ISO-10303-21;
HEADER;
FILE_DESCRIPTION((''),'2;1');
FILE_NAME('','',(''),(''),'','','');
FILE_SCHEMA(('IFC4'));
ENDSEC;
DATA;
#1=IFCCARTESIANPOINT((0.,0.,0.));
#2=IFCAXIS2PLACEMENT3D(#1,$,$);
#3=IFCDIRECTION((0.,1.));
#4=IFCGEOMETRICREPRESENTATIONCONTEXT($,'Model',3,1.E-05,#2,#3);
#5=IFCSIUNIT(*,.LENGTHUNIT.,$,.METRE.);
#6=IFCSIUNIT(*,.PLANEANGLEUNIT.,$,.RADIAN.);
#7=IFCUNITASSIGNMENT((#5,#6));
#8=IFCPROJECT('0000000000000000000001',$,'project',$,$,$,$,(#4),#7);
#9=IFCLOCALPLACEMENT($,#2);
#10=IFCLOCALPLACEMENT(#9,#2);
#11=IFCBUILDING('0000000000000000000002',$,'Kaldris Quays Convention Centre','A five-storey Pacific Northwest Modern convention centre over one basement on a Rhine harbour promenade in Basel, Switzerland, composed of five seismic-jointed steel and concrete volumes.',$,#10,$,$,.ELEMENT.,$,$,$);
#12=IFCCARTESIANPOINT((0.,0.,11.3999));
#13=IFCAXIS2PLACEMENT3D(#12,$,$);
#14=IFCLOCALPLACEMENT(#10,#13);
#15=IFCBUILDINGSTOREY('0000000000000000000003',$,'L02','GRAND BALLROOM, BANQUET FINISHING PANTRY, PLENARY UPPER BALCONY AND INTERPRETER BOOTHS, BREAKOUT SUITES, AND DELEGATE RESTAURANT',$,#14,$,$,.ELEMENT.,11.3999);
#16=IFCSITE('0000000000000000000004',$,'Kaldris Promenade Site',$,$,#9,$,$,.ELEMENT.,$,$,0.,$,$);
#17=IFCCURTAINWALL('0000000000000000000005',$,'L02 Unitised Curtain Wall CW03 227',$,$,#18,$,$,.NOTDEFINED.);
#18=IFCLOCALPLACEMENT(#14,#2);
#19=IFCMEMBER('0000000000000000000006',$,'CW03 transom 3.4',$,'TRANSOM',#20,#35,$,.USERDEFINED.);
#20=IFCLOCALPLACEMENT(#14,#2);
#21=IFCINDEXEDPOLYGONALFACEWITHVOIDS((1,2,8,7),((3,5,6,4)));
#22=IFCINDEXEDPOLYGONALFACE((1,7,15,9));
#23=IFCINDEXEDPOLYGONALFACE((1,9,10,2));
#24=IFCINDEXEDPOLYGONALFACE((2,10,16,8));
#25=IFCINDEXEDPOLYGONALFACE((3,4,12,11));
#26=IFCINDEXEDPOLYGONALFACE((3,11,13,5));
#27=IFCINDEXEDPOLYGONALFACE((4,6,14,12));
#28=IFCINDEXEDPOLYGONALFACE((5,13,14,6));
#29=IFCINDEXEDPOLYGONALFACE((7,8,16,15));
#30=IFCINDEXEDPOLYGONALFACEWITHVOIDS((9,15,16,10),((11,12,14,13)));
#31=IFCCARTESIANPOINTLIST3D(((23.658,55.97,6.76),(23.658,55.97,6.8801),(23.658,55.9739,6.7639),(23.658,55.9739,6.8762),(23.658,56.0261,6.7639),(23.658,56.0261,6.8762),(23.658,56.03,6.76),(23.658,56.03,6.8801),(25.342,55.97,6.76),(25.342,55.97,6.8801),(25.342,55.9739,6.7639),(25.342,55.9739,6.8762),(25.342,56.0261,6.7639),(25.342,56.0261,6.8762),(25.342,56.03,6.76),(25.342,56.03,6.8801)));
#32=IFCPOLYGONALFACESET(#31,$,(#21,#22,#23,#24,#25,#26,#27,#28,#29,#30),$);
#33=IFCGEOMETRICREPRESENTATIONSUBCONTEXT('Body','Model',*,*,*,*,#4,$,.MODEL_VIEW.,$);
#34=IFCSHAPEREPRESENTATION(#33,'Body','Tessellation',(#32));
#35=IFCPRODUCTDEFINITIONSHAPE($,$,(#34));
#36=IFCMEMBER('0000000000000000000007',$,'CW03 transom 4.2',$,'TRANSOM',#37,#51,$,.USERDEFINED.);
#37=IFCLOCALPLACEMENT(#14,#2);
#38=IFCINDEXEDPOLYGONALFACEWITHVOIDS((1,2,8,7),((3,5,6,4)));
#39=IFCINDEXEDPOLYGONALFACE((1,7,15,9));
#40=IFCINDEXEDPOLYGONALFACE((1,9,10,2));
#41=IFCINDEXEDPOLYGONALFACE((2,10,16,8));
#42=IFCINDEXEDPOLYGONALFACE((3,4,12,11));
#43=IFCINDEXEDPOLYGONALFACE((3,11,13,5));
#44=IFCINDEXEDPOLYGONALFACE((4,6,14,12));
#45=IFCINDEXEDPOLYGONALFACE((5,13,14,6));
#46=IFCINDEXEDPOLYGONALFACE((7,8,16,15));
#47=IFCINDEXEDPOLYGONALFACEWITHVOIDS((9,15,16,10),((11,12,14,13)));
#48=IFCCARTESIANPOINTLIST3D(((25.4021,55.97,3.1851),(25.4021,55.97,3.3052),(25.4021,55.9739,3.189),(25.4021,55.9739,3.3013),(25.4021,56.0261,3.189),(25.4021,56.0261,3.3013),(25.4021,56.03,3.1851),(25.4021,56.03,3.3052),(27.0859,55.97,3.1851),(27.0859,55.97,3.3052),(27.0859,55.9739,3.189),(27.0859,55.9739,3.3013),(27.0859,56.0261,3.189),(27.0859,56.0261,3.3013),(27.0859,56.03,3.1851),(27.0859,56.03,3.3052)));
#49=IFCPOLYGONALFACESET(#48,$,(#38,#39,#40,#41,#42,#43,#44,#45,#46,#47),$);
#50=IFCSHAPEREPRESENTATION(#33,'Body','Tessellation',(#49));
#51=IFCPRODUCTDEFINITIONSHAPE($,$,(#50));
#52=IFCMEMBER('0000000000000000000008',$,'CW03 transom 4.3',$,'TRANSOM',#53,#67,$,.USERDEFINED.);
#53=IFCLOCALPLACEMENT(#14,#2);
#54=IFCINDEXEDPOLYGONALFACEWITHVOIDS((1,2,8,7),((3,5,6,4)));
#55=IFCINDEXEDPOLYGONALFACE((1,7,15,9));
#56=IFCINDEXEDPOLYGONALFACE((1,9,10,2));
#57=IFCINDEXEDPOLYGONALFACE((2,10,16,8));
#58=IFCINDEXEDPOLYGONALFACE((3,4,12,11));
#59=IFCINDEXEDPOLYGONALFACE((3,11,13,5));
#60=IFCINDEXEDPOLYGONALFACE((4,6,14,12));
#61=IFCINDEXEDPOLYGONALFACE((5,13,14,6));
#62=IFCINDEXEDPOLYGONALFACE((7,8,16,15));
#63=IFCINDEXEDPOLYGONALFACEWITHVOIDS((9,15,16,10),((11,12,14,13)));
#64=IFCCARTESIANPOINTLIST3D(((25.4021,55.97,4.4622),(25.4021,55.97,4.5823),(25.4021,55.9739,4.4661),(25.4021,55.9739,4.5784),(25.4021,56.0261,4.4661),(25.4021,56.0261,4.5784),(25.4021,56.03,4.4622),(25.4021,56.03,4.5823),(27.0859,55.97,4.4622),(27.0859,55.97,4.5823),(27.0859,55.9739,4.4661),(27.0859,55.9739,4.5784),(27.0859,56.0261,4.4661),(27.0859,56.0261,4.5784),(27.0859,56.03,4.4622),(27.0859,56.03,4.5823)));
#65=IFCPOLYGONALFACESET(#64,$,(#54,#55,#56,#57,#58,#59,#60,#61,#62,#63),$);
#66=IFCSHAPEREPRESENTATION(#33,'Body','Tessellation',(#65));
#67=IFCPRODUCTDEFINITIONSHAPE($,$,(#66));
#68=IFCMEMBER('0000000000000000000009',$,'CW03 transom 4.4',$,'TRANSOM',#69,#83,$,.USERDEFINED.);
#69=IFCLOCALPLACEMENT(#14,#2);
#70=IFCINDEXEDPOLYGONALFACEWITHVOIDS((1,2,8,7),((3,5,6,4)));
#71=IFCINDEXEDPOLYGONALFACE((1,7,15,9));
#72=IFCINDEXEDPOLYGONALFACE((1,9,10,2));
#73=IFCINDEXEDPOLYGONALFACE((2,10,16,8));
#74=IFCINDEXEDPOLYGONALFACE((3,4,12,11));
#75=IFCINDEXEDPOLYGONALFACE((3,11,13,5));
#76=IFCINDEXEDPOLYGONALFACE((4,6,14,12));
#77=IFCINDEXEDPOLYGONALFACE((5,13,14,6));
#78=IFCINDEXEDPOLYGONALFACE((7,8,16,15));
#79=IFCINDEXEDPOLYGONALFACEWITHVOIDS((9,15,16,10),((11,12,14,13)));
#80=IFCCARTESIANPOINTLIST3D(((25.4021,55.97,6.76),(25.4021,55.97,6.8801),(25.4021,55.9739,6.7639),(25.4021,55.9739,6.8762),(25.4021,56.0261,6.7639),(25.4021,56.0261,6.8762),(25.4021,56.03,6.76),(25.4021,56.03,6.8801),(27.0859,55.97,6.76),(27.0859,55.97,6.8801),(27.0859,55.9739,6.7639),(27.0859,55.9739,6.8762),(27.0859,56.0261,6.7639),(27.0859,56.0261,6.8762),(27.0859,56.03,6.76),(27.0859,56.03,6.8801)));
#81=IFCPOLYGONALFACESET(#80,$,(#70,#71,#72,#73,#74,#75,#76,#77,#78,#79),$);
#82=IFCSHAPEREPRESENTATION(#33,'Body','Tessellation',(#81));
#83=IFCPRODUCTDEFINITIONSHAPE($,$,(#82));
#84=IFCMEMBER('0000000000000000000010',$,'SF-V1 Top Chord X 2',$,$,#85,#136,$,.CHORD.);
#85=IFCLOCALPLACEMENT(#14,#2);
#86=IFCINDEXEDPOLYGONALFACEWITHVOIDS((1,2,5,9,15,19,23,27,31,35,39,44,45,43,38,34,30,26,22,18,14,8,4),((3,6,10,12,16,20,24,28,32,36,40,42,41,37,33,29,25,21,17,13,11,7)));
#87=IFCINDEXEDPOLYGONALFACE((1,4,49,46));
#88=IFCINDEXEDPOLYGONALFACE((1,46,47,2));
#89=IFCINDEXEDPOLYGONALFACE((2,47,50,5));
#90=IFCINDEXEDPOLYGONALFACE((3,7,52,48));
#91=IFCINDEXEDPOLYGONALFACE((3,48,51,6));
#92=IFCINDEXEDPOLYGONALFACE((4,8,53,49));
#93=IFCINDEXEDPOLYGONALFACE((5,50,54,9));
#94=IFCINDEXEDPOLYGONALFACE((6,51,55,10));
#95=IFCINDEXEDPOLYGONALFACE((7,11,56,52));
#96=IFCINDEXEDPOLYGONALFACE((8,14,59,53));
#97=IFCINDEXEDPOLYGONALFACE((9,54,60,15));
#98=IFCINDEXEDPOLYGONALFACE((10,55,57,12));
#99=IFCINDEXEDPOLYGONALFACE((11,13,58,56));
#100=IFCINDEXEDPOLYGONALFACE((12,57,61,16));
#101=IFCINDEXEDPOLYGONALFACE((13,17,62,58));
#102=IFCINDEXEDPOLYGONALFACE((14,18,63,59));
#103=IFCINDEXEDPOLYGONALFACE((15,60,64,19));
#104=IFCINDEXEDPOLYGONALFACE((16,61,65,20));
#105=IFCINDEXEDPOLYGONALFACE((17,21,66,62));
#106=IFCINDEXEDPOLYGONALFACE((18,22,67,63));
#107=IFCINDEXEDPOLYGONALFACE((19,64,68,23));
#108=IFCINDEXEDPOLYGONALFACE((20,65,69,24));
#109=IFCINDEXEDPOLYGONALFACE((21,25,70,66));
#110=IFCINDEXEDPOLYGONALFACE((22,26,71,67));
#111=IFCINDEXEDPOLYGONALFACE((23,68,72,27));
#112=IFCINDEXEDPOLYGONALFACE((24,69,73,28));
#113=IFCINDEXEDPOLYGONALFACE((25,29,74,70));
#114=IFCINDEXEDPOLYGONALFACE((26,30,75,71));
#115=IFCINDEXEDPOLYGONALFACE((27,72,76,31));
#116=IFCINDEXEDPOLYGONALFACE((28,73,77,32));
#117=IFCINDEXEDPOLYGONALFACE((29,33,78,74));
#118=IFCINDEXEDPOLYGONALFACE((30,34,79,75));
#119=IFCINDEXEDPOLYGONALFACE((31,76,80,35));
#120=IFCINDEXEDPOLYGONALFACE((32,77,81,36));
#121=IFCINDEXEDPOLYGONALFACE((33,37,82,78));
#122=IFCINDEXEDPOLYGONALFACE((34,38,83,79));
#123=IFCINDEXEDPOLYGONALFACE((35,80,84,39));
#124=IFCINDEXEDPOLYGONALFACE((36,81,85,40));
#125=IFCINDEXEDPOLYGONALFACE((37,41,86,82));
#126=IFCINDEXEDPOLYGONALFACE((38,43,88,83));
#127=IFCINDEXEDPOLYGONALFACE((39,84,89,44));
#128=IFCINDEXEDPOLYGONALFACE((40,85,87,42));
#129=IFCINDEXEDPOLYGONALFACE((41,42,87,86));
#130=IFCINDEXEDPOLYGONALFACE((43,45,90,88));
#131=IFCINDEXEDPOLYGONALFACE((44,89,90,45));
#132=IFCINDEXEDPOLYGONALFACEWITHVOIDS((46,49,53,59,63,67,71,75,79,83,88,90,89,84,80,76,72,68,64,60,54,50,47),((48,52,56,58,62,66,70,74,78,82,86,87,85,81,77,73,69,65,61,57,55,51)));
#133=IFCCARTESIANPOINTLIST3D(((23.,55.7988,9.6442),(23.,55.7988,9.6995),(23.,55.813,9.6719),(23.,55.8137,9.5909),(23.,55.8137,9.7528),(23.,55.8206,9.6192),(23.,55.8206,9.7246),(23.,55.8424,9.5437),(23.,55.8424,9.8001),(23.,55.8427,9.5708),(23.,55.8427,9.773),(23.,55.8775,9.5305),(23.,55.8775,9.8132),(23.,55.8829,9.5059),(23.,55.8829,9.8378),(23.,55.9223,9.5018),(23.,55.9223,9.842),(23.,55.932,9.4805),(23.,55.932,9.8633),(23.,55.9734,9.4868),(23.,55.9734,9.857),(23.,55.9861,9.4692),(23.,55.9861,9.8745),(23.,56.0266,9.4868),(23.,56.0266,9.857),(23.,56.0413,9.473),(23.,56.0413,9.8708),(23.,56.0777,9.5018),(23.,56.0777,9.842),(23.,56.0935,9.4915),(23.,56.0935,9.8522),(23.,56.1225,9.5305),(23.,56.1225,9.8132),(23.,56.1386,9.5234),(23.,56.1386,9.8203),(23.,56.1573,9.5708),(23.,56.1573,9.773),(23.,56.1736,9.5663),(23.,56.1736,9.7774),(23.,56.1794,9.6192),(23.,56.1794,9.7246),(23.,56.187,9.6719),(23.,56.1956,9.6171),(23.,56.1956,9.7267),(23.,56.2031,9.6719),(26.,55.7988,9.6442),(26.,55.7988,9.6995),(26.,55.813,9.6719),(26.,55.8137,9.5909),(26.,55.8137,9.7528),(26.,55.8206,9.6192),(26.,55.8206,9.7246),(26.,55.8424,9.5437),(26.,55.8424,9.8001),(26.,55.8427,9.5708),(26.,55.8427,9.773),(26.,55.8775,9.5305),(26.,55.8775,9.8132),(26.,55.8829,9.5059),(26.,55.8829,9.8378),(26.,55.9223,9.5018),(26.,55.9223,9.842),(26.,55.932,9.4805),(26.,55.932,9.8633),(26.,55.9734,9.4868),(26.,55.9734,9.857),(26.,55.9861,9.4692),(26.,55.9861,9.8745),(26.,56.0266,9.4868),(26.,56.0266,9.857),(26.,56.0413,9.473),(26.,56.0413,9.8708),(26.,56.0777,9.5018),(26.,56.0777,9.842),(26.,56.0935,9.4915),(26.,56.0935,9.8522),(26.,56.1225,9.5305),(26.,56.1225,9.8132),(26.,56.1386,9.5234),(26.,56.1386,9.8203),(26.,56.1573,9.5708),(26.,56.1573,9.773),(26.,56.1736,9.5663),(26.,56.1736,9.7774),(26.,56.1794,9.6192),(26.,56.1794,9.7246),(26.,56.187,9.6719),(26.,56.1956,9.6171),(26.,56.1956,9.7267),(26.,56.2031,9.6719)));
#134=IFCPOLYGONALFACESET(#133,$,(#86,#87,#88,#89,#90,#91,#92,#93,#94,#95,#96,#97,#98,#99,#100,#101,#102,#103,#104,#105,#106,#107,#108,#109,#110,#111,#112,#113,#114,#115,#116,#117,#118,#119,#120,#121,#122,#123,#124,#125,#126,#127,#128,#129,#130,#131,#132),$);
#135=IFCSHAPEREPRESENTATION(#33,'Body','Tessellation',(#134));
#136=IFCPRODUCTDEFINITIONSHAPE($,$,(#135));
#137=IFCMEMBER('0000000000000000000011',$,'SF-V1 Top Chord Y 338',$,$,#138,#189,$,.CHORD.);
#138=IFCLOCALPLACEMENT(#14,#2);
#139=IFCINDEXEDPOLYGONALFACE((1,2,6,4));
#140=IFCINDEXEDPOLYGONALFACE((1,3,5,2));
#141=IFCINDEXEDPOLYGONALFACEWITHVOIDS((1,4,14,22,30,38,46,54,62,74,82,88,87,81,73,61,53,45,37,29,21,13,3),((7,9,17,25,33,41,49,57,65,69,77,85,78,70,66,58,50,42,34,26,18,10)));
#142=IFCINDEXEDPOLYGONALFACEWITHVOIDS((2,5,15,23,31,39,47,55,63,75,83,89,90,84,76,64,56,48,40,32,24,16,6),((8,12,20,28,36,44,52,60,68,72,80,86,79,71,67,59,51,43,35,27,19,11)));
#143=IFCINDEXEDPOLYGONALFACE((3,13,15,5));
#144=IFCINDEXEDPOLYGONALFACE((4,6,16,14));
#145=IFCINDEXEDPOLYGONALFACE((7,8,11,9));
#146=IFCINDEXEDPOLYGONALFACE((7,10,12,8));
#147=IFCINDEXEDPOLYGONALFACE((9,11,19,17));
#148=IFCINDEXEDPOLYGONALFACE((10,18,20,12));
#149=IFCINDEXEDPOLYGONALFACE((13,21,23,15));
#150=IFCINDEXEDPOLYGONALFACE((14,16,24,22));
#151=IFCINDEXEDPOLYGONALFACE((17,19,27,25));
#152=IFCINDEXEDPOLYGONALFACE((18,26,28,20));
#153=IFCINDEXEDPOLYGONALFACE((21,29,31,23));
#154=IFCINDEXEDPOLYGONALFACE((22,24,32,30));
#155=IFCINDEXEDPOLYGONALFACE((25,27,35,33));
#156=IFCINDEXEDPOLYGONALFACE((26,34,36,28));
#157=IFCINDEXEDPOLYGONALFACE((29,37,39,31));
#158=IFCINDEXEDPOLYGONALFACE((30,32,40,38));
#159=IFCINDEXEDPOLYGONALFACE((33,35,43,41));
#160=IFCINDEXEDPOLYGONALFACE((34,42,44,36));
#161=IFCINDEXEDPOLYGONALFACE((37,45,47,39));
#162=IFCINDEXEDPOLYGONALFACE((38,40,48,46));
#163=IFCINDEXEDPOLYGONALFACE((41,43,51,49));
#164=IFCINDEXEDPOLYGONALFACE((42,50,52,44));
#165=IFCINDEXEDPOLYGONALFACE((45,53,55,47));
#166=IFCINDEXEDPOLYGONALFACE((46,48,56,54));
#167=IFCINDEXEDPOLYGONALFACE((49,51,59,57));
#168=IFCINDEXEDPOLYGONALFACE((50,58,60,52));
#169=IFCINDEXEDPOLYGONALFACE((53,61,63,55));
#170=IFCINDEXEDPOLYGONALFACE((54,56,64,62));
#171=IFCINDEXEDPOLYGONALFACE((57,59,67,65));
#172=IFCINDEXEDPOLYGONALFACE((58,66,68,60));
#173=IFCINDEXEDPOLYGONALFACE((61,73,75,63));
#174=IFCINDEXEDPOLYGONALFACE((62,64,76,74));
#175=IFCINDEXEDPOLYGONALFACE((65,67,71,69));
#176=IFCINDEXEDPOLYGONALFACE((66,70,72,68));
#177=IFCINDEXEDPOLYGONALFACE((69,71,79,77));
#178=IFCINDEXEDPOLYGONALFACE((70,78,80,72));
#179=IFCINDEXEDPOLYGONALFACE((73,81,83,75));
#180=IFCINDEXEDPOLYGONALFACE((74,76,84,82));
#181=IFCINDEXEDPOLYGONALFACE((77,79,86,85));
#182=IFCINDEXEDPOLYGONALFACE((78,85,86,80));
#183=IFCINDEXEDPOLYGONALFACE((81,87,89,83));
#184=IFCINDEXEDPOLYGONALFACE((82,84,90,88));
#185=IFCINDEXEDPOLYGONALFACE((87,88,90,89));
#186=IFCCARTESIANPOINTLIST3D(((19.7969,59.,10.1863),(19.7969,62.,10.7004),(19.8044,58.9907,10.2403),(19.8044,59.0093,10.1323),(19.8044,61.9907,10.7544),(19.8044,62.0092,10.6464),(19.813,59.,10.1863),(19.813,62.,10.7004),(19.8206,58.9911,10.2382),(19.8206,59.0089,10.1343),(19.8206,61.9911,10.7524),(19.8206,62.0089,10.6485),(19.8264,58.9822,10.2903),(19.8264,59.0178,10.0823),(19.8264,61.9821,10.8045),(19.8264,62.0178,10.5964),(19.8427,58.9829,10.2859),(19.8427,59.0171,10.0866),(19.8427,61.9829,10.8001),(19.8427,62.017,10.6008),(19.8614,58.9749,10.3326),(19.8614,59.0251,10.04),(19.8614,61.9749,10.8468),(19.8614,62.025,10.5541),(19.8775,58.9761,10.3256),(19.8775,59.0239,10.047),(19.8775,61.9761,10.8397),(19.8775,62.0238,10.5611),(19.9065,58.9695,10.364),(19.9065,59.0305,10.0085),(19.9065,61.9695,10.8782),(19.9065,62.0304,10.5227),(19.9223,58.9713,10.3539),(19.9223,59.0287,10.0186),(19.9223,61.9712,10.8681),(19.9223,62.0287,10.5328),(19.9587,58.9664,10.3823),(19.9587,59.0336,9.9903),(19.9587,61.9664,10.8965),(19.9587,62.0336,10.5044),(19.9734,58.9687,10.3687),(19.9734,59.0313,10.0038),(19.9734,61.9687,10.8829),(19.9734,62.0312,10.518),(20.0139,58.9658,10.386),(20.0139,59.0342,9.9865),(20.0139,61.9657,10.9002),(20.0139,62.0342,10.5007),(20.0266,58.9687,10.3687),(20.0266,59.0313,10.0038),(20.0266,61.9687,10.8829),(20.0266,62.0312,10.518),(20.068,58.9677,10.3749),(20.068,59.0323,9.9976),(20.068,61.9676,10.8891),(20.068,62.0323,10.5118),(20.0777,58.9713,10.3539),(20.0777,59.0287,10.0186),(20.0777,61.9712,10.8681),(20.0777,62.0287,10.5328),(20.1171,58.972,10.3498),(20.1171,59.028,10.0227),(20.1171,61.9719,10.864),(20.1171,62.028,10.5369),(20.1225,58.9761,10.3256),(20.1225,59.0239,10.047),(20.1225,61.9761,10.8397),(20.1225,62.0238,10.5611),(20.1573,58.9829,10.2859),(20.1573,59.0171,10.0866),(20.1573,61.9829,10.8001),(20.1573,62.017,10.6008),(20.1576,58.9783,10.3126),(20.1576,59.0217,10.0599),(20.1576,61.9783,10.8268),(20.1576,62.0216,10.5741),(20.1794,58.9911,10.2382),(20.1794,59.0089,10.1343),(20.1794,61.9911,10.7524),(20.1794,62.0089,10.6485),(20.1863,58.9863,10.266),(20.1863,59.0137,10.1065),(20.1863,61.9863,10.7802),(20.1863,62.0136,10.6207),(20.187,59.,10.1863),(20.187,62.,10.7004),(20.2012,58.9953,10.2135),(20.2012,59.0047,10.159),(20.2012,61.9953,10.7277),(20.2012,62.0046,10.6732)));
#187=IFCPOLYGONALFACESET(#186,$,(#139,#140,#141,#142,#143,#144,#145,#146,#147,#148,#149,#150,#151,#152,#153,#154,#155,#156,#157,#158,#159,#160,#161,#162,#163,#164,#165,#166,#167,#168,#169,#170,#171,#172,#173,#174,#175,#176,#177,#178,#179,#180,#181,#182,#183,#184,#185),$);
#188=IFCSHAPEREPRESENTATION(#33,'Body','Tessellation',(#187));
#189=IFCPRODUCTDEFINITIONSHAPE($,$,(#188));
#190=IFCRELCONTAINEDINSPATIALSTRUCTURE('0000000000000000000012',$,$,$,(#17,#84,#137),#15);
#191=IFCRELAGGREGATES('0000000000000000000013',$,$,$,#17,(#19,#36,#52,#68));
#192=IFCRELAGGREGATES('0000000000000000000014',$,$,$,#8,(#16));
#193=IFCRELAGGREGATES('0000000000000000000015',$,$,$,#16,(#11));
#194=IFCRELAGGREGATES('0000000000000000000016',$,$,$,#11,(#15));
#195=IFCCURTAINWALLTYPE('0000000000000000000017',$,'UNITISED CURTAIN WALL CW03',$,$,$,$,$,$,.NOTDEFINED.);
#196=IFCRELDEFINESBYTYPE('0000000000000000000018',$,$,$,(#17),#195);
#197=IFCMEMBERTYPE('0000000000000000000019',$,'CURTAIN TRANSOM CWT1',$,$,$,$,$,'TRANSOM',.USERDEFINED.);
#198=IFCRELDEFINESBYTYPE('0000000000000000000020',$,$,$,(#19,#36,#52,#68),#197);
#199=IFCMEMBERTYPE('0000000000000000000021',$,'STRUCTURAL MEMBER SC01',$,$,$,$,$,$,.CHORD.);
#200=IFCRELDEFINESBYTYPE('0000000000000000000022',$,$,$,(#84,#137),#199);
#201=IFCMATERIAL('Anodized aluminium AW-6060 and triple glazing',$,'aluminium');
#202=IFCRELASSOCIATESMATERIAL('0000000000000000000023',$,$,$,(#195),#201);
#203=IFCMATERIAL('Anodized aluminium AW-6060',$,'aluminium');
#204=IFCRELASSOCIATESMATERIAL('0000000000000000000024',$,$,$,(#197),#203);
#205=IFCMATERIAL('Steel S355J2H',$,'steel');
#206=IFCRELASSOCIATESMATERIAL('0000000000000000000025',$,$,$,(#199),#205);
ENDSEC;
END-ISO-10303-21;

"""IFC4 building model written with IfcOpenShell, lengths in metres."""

from ifc_helpers import new_model, si_unit, direction, frame, origin, origin_2d, place, context, subcontext, project, spatial, hollow_rectangle, hollow_circle, extrude, material, material_profile, profile_set, type_object, element, aggregate, save


model = new_model("IFC4")

# Units and contexts
model_context = context("Model", 3, precision=1e-05, world=origin(), true_north=direction((0.0, 1.0)))
body_context = subcontext(model_context, "Body", "Model", "MODEL_VIEW")
ifc_project = project(units=[si_unit("LENGTHUNIT", "METRE"), si_unit("PLANEANGLEUNIT", "RADIAN")], contexts=[model_context])

# Site, building, storey
site_placement = place(None, origin())
site = spatial("IfcSite", under=ifc_project, at=site_placement, Name="Kaldris Promenade Site", CompositionType="ELEMENT", RefElevation=0.0)
building_placement = place(site_placement, origin())
building = spatial("IfcBuilding", under=site, at=building_placement, Name="Kaldris Quays Convention Centre", Description="A five-storey Pacific Northwest Modern convention centre over one basement on a Rhine harbour promenade in Basel, Switzerland, composed of five seismic-jointed steel and concrete volumes.", CompositionType="ELEMENT")
storey_placement = place(building_placement, frame((0.0, 0.0, 11.3999)))
storey = spatial("IfcBuildingStorey", under=building, at=storey_placement, Name="L02", Description="GRAND BALLROOM, BANQUET FINISHING PANTRY, PLENARY UPPER BALCONY AND INTERPRETER BOOTHS, BREAKOUT SUITES, AND DELEGATE RESTAURANT", CompositionType="ELEMENT", Elevation=11.3999)

# Curtain wall, members
ifc_material_1 = material(Name="Anodized aluminium AW-6060 and triple glazing", Category="aluminium")
curtain_wall_type = type_object("IfcCurtainWallType", Name="UNITISED CURTAIN WALL CW03", PredefinedType="NOTDEFINED", material=ifc_material_1)
ifc_material_2 = material(Name="Anodized aluminium AW-6060", Category="aluminium")
ifc_material_profile_1 = material_profile(ifc_material_2, hollow_rectangle(XDim=0.0601, YDim=0.1201, WallThickness=0.0039, at=origin_2d()), Name="RHS 120x60x4")
ifc_profile_set_1 = profile_set([ifc_material_profile_1], Name="Anodized aluminium AW-6060")
member_type_1 = type_object("IfcMemberType", Name="CURTAIN TRANSOM CWT1", ElementType="TRANSOM", PredefinedType="USERDEFINED", material=ifc_profile_set_1)
curtain_wall_1_placement = place(storey_placement, origin())
curtain_wall_1 = element("IfcCurtainWall", 1, at=curtain_wall_1_placement, inside=storey, type_object=curtain_wall_type, Name="L02 Unitised Curtain Wall CW03 227", PredefinedType="NOTDEFINED")
member_1_placement = place(storey_placement, frame((23.658, 56.0, 6.8201), z_axis=(1.0, 0.0, 0.0), x_axis=(0.0, 1.0, 0.0)))
member_1 = element("IfcMember", 2, at=member_1_placement, type_object=member_type_1, Name="CW03 transom 3.4", ObjectType="TRANSOM", PredefinedType="USERDEFINED", context=body_context, shape_type="SweptSolid", body=[
    extrude(hollow_rectangle(XDim=0.0601, YDim=0.1201, WallThickness=0.0039, at=origin_2d()), origin(), (0.0, 0.0, 1.0), 1.6841),
])
member_2_placement = place(storey_placement, frame((25.4021, 56.0, 3.2451), z_axis=(1.0, 0.0, 0.0), x_axis=(0.0, 1.0, 0.0)))
member_2 = element("IfcMember", 3, at=member_2_placement, type_object=member_type_1, Name="CW03 transom 4.2", ObjectType="TRANSOM", PredefinedType="USERDEFINED", context=body_context, shape_type="SweptSolid", body=[
    extrude(hollow_rectangle(XDim=0.0601, YDim=0.1201, WallThickness=0.0039, at=origin_2d()), origin(), (0.0, 0.0, 1.0), 1.6838),
])
member_3_placement = place(storey_placement, frame((25.4021, 56.0, 4.5222), z_axis=(1.0, 0.0, 0.0), x_axis=(0.0, 1.0, 0.0)))
member_3 = element("IfcMember", 4, at=member_3_placement, type_object=member_type_1, Name="CW03 transom 4.3", ObjectType="TRANSOM", PredefinedType="USERDEFINED", context=body_context, shape_type="SweptSolid", body=[
    extrude(hollow_rectangle(XDim=0.0601, YDim=0.1201, WallThickness=0.0039, at=origin_2d()), origin(), (0.0, 0.0, 1.0), 1.6838),
])
member_4_placement = place(storey_placement, frame((25.4021, 56.0, 6.8201), z_axis=(1.0, 0.0, 0.0), x_axis=(0.0, 1.0, 0.0)))
member_4 = element("IfcMember", 5, at=member_4_placement, type_object=member_type_1, Name="CW03 transom 4.4", ObjectType="TRANSOM", PredefinedType="USERDEFINED", context=body_context, shape_type="SweptSolid", body=[
    extrude(hollow_rectangle(XDim=0.0601, YDim=0.1201, WallThickness=0.0039, at=origin_2d()), origin(), (0.0, 0.0, 1.0), 1.6838),
])

# Members
ifc_material_3 = material(Name="Steel S355J2H", Category="steel")
ifc_material_profile_2 = material_profile(ifc_material_3, hollow_circle(Radius=0.2031, WallThickness=0.0161, at=origin_2d()), Name="CHS 406.4x16")
ifc_profile_set_2 = profile_set([ifc_material_profile_2], Name="Steel S355J2H")
member_type_2 = type_object("IfcMemberType", Name="STRUCTURAL MEMBER SC01", PredefinedType="CHORD", material=ifc_profile_set_2)
member_5_placement = place(storey_placement, frame((23.0, 56.0, 9.6719), z_axis=(1.0, 0.0, 0.0), x_axis=(0.0, 1.0, 0.0)))
element("IfcMember", 6, at=member_5_placement, inside=storey, type_object=member_type_2, Name="SF-V1 Top Chord X 2", PredefinedType="CHORD", context=body_context, shape_type="SweptSolid", body=[
    extrude(hollow_circle(Radius=0.2031, WallThickness=0.0161, at=origin_2d()), origin(), (0.0, 0.0, 1.0), 3.0),
])
member_6_placement = place(storey_placement, frame((20.0, 59.0, 10.1863), z_axis=(0.0, 0.985629, 0.168924), x_axis=(-1.0, 0.0, 0.0)))
element("IfcMember", 7, at=member_6_placement, inside=storey, type_object=member_type_2, Name="SF-V1 Top Chord Y 338", PredefinedType="CHORD", context=body_context, shape_type="SweptSolid", body=[
    extrude(hollow_circle(Radius=0.2031, WallThickness=0.0161, at=origin_2d()), origin(), (0.0, 0.0, 1.0), 3.0437),
])

aggregate(curtain_wall_1, [member_1, member_2, member_3, member_4])

save(model, "model.ifc")
